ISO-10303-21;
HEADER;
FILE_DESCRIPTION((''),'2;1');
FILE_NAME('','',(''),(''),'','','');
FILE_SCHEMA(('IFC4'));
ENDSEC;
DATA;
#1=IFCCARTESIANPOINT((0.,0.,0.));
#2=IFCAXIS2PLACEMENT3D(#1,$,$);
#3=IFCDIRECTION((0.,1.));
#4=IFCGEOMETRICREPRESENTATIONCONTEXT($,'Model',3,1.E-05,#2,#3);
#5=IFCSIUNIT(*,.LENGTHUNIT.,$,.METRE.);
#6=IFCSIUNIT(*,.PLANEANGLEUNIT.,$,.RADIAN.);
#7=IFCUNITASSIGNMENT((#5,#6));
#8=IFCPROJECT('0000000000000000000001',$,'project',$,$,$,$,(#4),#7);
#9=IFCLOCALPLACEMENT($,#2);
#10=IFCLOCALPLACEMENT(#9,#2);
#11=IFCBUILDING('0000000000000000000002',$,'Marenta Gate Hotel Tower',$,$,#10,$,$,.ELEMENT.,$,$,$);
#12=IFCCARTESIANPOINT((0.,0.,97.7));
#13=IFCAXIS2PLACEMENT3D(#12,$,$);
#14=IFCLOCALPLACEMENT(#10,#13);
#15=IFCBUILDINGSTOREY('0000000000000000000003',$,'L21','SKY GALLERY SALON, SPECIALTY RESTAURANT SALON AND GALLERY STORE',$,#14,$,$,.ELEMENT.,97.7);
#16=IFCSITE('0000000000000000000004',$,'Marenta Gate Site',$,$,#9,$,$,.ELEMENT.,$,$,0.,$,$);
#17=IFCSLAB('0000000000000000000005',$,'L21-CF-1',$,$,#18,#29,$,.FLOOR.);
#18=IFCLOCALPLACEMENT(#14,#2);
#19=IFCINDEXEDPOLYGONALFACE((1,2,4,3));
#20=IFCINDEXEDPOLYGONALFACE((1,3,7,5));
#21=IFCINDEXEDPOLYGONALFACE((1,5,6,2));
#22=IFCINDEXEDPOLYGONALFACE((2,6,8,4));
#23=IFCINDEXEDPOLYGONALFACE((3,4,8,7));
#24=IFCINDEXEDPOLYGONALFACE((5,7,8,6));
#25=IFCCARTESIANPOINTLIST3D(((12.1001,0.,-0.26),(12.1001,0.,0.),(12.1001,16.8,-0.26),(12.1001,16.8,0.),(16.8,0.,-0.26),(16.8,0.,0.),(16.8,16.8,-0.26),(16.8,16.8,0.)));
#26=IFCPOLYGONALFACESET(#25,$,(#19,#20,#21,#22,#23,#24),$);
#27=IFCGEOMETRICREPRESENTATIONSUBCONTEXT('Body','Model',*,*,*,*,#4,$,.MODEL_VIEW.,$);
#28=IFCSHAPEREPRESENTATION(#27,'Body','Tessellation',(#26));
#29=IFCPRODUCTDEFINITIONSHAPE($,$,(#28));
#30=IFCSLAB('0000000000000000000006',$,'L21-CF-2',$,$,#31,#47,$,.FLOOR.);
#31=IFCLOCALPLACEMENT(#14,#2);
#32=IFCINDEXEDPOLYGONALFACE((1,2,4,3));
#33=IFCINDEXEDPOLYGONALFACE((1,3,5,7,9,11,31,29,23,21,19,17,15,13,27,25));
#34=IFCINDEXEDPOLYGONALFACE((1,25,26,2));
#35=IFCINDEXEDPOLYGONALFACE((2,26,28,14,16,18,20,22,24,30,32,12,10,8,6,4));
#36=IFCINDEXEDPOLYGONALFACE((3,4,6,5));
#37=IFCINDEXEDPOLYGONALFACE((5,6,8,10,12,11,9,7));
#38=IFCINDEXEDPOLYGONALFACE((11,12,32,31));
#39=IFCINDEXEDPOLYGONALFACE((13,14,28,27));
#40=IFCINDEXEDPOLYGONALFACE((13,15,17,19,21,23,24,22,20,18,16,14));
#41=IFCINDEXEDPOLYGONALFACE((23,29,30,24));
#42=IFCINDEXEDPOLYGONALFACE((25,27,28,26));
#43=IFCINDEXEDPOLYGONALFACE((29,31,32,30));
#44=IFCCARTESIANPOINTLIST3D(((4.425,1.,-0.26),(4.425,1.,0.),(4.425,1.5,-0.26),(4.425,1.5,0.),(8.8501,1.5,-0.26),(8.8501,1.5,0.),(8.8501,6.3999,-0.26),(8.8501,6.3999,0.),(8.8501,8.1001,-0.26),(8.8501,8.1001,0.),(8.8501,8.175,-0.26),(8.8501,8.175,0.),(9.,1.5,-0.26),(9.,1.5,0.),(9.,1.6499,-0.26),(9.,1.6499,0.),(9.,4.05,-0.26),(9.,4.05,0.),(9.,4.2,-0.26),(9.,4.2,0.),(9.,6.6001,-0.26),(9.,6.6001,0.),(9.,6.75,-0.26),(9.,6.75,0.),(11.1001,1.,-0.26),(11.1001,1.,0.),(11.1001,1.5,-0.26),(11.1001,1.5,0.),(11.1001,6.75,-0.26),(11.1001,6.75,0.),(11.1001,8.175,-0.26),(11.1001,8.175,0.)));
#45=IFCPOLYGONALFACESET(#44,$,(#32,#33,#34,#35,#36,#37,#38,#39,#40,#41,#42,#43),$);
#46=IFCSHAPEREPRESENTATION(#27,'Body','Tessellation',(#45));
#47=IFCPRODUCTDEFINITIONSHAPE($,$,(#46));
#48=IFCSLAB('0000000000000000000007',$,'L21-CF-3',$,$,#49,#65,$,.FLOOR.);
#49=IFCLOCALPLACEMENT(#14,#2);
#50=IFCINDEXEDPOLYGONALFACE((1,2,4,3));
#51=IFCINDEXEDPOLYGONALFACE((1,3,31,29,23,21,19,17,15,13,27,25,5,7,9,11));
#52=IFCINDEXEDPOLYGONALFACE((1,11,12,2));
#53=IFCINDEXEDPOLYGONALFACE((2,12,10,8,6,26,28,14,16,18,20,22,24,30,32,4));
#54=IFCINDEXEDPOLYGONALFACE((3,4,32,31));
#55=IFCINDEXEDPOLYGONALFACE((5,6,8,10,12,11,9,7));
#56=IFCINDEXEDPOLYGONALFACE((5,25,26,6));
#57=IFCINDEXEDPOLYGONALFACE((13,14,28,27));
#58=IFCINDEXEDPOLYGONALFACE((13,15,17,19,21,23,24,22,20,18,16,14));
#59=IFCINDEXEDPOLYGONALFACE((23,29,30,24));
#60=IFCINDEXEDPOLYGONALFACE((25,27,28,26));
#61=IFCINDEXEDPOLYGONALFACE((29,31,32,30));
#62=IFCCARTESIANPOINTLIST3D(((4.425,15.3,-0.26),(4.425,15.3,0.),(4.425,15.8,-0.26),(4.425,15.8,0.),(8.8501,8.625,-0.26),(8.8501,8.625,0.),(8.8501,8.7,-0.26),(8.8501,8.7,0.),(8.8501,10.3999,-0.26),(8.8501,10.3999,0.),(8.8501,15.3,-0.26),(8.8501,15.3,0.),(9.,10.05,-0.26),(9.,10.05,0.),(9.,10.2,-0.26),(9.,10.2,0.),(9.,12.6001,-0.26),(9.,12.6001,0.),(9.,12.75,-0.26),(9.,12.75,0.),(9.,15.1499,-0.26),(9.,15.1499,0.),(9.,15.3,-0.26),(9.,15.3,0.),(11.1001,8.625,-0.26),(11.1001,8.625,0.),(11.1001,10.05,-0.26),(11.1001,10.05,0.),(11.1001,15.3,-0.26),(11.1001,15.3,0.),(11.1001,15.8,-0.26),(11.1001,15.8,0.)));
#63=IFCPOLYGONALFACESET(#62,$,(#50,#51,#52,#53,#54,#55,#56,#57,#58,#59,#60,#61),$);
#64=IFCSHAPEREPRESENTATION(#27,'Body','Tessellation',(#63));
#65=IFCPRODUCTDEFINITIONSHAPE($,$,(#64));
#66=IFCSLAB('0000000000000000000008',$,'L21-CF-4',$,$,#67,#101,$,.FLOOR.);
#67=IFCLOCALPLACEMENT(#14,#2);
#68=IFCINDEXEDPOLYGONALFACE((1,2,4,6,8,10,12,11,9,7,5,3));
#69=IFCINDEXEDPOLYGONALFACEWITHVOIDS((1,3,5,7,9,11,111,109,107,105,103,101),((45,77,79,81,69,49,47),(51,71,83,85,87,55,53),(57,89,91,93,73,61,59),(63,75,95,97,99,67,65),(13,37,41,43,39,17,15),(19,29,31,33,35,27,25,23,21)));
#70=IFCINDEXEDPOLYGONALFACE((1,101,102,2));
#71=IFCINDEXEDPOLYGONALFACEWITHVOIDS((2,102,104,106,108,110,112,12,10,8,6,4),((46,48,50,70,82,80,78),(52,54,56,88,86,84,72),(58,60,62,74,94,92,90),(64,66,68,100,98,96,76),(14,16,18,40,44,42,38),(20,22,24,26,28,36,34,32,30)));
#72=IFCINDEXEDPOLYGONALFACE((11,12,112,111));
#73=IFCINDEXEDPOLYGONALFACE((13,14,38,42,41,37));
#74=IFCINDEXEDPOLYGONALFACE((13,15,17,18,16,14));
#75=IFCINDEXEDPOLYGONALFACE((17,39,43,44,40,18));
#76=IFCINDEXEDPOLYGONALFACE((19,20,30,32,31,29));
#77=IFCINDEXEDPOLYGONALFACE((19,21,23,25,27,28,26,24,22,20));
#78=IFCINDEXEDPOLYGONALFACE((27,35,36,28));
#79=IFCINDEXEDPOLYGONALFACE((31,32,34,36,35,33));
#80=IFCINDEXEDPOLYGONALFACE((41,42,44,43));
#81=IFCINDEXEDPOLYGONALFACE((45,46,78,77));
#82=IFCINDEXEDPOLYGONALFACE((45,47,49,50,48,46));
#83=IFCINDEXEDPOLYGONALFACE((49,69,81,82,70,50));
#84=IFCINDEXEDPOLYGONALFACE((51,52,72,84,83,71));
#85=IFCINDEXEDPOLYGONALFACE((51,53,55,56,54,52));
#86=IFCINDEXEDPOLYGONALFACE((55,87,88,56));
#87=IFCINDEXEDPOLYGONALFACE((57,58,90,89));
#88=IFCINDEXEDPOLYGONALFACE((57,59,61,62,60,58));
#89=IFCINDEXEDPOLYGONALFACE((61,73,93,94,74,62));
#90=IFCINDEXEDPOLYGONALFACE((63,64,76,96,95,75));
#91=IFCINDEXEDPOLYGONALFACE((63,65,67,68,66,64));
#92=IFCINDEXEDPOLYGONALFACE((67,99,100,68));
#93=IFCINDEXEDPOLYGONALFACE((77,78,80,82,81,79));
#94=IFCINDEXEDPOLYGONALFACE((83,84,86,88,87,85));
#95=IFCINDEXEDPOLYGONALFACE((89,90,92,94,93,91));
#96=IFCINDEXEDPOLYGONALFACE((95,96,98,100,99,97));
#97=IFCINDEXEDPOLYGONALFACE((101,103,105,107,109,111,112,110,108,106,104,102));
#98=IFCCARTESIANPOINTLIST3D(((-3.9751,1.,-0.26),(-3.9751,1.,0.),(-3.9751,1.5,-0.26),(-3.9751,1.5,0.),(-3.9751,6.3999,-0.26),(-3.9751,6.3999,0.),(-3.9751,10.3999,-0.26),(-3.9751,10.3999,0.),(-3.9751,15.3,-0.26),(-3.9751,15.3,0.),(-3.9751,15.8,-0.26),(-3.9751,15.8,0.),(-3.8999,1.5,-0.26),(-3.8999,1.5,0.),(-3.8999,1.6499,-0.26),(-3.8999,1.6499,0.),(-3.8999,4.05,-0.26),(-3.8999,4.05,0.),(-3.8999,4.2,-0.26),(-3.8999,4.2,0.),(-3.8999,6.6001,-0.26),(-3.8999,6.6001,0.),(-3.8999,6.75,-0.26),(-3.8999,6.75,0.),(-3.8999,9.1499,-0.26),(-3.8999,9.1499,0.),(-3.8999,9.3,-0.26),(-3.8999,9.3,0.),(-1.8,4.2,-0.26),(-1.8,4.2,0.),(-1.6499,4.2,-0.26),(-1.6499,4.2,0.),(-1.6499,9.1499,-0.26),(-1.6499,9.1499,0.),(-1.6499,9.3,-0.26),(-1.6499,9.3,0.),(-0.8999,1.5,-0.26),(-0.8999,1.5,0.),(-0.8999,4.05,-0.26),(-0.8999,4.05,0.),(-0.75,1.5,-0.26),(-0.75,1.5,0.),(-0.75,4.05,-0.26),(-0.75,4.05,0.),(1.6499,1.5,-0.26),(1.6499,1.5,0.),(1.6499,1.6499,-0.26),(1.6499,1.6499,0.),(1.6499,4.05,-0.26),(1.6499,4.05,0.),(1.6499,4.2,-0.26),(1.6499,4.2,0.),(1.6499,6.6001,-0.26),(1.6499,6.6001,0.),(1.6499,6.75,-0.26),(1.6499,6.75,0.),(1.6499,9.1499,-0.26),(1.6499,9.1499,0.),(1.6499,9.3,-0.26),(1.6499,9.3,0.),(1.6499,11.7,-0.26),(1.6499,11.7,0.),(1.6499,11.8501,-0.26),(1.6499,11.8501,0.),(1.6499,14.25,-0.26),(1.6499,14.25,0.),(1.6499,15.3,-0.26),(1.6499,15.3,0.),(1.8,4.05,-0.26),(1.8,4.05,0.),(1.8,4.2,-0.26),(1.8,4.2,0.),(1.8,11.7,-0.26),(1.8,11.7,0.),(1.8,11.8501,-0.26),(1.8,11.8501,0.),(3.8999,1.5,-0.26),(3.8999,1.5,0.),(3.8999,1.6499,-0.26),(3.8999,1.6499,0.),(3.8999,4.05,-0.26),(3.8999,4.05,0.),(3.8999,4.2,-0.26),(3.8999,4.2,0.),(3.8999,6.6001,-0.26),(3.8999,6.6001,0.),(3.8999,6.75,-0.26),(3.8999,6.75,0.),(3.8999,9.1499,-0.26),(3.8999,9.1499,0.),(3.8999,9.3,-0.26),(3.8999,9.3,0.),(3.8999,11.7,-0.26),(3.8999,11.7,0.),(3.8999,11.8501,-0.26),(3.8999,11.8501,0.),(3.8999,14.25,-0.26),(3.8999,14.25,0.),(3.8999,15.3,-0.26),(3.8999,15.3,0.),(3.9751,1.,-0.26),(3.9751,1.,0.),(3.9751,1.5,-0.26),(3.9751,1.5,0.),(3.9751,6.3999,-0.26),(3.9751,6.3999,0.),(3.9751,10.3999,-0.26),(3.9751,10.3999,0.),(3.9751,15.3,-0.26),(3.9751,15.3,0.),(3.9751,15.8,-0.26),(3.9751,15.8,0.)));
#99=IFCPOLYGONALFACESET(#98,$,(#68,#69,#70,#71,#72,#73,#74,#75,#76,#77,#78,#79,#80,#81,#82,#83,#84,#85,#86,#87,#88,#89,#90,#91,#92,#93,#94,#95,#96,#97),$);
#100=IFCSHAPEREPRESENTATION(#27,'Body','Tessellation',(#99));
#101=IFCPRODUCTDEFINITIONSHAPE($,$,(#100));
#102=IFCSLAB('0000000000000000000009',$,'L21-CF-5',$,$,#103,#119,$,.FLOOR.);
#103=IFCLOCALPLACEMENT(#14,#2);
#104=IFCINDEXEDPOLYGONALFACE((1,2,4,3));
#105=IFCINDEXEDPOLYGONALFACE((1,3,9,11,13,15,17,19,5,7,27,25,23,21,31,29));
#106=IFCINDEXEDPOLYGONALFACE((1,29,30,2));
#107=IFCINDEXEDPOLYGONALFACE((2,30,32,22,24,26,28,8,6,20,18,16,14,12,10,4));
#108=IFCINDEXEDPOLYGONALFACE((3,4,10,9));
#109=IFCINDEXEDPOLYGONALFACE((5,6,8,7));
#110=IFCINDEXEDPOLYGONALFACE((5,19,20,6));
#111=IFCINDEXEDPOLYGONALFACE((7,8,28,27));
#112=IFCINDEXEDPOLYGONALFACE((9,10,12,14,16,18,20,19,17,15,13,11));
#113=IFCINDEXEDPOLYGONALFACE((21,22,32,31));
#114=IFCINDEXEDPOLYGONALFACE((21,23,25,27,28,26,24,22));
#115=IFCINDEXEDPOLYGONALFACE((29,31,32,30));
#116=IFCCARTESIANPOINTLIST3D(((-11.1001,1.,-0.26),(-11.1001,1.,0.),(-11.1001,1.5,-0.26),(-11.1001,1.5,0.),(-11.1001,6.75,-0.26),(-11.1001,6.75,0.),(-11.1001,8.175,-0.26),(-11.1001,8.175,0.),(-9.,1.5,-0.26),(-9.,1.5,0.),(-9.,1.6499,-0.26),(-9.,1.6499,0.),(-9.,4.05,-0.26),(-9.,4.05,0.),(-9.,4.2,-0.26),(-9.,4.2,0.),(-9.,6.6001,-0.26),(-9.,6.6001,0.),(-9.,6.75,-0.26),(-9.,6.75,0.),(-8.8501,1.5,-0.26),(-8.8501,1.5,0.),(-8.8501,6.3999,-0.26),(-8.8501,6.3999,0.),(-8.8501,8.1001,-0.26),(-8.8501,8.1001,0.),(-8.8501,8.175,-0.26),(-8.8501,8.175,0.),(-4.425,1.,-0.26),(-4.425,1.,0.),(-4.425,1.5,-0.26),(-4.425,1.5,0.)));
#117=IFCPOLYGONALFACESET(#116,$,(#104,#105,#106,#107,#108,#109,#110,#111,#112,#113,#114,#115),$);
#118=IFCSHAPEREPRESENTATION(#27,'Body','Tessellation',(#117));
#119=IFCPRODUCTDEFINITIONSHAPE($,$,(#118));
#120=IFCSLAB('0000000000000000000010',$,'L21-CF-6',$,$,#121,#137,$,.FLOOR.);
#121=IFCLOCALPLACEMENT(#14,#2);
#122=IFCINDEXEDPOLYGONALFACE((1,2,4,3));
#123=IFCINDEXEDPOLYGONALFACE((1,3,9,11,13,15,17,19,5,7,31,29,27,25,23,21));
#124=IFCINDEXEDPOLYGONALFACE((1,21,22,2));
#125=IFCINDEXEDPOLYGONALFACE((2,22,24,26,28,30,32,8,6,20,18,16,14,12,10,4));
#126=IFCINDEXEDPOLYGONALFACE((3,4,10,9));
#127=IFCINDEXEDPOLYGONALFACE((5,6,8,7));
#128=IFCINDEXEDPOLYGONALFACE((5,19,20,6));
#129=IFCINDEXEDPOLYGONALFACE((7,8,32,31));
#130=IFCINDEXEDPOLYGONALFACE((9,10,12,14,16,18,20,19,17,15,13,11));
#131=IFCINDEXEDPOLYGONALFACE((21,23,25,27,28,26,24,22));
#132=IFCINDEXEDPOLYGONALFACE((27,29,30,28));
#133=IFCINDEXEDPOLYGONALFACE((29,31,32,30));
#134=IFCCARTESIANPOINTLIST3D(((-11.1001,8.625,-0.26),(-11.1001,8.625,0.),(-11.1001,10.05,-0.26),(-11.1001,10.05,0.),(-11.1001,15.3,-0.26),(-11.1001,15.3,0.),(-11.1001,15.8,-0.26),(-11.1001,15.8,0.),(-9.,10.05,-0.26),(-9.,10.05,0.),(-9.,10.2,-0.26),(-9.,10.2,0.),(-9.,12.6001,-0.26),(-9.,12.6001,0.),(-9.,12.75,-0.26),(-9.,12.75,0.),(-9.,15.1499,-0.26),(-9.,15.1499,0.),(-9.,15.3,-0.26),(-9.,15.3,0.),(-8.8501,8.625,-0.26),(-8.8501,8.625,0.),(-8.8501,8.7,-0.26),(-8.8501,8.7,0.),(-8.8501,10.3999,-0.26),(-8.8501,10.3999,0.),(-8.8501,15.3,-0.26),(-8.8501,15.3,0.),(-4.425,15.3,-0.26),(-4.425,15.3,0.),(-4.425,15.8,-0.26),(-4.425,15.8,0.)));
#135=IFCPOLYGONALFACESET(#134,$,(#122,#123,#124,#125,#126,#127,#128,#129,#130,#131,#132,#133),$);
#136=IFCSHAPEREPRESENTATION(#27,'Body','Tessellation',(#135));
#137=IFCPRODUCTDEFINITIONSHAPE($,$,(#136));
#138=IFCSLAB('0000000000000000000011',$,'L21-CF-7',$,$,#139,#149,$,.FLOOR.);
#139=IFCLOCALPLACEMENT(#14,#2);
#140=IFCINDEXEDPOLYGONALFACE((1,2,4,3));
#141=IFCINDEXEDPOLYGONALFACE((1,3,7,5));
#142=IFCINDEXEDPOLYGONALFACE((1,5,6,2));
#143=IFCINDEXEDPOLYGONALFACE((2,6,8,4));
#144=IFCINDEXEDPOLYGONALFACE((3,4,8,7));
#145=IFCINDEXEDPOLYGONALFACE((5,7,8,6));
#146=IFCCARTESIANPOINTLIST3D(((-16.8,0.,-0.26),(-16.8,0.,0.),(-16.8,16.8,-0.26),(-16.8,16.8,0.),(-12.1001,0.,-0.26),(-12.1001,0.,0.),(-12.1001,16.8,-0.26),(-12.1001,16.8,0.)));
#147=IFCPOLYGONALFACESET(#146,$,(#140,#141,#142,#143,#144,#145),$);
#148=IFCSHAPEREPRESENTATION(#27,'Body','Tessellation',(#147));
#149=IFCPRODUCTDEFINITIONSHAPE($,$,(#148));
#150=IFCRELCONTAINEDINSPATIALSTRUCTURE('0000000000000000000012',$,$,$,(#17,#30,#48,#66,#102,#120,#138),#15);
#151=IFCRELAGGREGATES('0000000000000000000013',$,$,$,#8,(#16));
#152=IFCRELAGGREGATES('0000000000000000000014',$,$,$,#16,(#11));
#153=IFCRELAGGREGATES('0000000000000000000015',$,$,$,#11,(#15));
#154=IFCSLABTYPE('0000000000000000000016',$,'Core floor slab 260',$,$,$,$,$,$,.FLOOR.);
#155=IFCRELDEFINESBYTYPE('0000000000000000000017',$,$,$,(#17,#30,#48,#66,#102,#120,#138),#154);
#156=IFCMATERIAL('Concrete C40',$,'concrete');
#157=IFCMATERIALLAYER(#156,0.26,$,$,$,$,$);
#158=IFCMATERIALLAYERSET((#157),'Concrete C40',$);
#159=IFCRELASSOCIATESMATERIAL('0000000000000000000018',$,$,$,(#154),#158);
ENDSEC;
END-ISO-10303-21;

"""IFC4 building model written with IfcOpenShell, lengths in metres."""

from ifc_helpers import new_model, si_unit, direction, frame, origin, place, context, subcontext, project, spatial, polyline, outline, extrude, material, layer, layer_set, type_object, element, save


model = new_model("IFC4")

# Units and contexts
model_context = context("Model", 3, precision=1e-05, world=origin(), true_north=direction((0.0, 1.0)))
body_context = subcontext(model_context, "Body", "Model", "MODEL_VIEW")
ifc_project = project(units=[si_unit("LENGTHUNIT", "METRE"), si_unit("PLANEANGLEUNIT", "RADIAN")], contexts=[model_context])

# Site, building, storey
site_placement = place(None, origin())
site = spatial("IfcSite", under=ifc_project, at=site_placement, Name="Marenta Gate Site", CompositionType="ELEMENT", RefElevation=0.0)
building_placement = place(site_placement, origin())
building = spatial("IfcBuilding", under=site, at=building_placement, Name="Marenta Gate Hotel Tower", CompositionType="ELEMENT")
storey_placement = place(building_placement, frame((0.0, 0.0, 97.7)))
storey = spatial("IfcBuildingStorey", under=building, at=storey_placement, Name="L21", Description="SKY GALLERY SALON, SPECIALTY RESTAURANT SALON AND GALLERY STORE", CompositionType="ELEMENT", Elevation=97.7)

# Slabs
ifc_material_1 = material(Name="Concrete C40", Category="concrete")
ifc_layer_1 = layer(ifc_material_1, 0.26)
ifc_layer_set_1 = layer_set([ifc_layer_1], Name="Concrete C40")
slab_type_1 = type_object("IfcSlabType", Name="Core floor slab 260", PredefinedType="FLOOR", material=ifc_layer_set_1)
slab_1_placement = place(storey_placement, frame((0.0, 0.0, -0.26)))
element("IfcSlab", 1, at=slab_1_placement, inside=storey, type_object=slab_type_1, Name="L21-CF-1", PredefinedType="FLOOR", context=body_context, shape_type="SweptSolid", body=[
    extrude(outline(polyline([(12.1001, 0.0), (12.1001, 16.8), (16.8, 16.8), (16.8, 0.0), (12.1001, 0.0)])), origin(), (0.0, 0.0, 1.0), 0.26),
])
slab_2_placement = place(storey_placement, frame((0.0, 0.0, -0.26)))
element("IfcSlab", 2, at=slab_2_placement, inside=storey, type_object=slab_type_1, Name="L21-CF-2", PredefinedType="FLOOR", context=body_context, shape_type="SweptSolid", body=[
    extrude(outline(polyline([(8.8501, 1.5), (8.8501, 6.3999), (8.8501, 8.1001), (8.8501, 8.175), (11.1001, 8.175), (11.1001, 6.75), (9.0, 6.75), (9.0, 6.6001), (9.0, 4.2), (9.0, 4.05), (9.0, 1.6499), (9.0, 1.5), (11.1001, 1.5), (11.1001, 1.0), (4.425, 1.0), (4.425, 1.5), (8.8501, 1.5)])), origin(), (0.0, 0.0, 1.0), 0.26),
])
slab_3_placement = place(storey_placement, frame((0.0, 0.0, -0.26)))
element("IfcSlab", 3, at=slab_3_placement, inside=storey, type_object=slab_type_1, Name="L21-CF-3", PredefinedType="FLOOR", context=body_context, shape_type="SweptSolid", body=[
    extrude(outline(polyline([(8.8501, 15.3), (4.425, 15.3), (4.425, 15.8), (11.1001, 15.8), (11.1001, 15.3), (9.0, 15.3), (9.0, 15.1499), (9.0, 12.75), (9.0, 12.6001), (9.0, 10.2), (9.0, 10.05), (11.1001, 10.05), (11.1001, 8.625), (8.8501, 8.625), (8.8501, 8.7), (8.8501, 10.3999), (8.8501, 15.3)])), origin(), (0.0, 0.0, 1.0), 0.26),
])
slab_4_placement = place(storey_placement, frame((0.0, 0.0, -0.26)))
element("IfcSlab", 4, at=slab_4_placement, inside=storey, type_object=slab_type_1, Name="L21-CF-4", PredefinedType="FLOOR", context=body_context, shape_type="SweptSolid", body=[
    extrude(outline(polyline([(3.9751, 15.3), (3.9751, 10.3999), (3.9751, 6.3999), (3.9751, 1.5), (3.9751, 1.0), (-3.9751, 1.0), (-3.9751, 1.5), (-3.9751, 6.3999), (-3.9751, 10.3999), (-3.9751, 15.3), (-3.9751, 15.8), (3.9751, 15.8), (3.9751, 15.3)]), holes=[polyline([(1.6499, 6.75), (1.6499, 6.6001), (1.6499, 4.2), (1.8, 4.2), (3.8999, 4.2), (3.8999, 6.6001), (3.8999, 6.75), (1.6499, 6.75)]), polyline([(1.6499, 9.3), (1.6499, 9.1499), (3.8999, 9.1499), (3.8999, 9.3), (3.8999, 11.7), (1.8, 11.7), (1.6499, 11.7), (1.6499, 9.3)]), polyline([(1.6499, 15.3), (1.6499, 14.25), (1.6499, 11.8501), (1.8, 11.8501), (3.8999, 11.8501), (3.8999, 14.25), (3.8999, 15.3), (1.6499, 15.3)]), polyline([(3.8999, 4.05), (1.8, 4.05), (1.6499, 4.05), (1.6499, 1.6499), (1.6499, 1.5), (3.8999, 1.5), (3.8999, 1.6499), (3.8999, 4.05)]), polyline([(-3.8999, 1.5), (-0.8999, 1.5), (-0.75, 1.5), (-0.75, 4.05), (-0.8999, 4.05), (-3.8999, 4.05), (-3.8999, 1.6499), (-3.8999, 1.5)]), polyline([(-3.8999, 6.6001), (-3.8999, 4.2), (-1.8, 4.2), (-1.6499, 4.2), (-1.6499, 9.1499), (-1.6499, 9.3), (-3.8999, 9.3), (-3.8999, 9.1499), (-3.8999, 6.75), (-3.8999, 6.6001)])]), origin(), (0.0, 0.0, 1.0), 0.26),
])
slab_5_placement = place(storey_placement, frame((0.0, 0.0, -0.26)))
element("IfcSlab", 5, at=slab_5_placement, inside=storey, type_object=slab_type_1, Name="L21-CF-5", PredefinedType="FLOOR", context=body_context, shape_type="SweptSolid", body=[
    extrude(outline(polyline([(-9.0, 1.5), (-9.0, 1.6499), (-9.0, 4.05), (-9.0, 4.2), (-9.0, 6.6001), (-9.0, 6.75), (-11.1001, 6.75), (-11.1001, 8.175), (-8.8501, 8.175), (-8.8501, 8.1001), (-8.8501, 6.3999), (-8.8501, 1.5), (-4.425, 1.5), (-4.425, 1.0), (-11.1001, 1.0), (-11.1001, 1.5), (-9.0, 1.5)])), origin(), (0.0, 0.0, 1.0), 0.26),
])
slab_6_placement = place(storey_placement, frame((0.0, 0.0, -0.26)))
element("IfcSlab", 6, at=slab_6_placement, inside=storey, type_object=slab_type_1, Name="L21-CF-6", PredefinedType="FLOOR", context=body_context, shape_type="SweptSolid", body=[
    extrude(outline(polyline([(-4.425, 15.3), (-8.8501, 15.3), (-8.8501, 10.3999), (-8.8501, 8.7), (-8.8501, 8.625), (-11.1001, 8.625), (-11.1001, 10.05), (-9.0, 10.05), (-9.0, 10.2), (-9.0, 12.6001), (-9.0, 12.75), (-9.0, 15.1499), (-9.0, 15.3), (-11.1001, 15.3), (-11.1001, 15.8), (-4.425, 15.8), (-4.425, 15.3)])), origin(), (0.0, 0.0, 1.0), 0.26),
])
slab_7_placement = place(storey_placement, frame((0.0, 0.0, -0.26)))
element("IfcSlab", 7, at=slab_7_placement, inside=storey, type_object=slab_type_1, Name="L21-CF-7", PredefinedType="FLOOR", context=body_context, shape_type="SweptSolid", body=[
    extrude(outline(polyline([(-12.1001, 16.8), (-12.1001, 0.0), (-16.8, 0.0), (-16.8, 16.8), (-12.1001, 16.8)])), origin(), (0.0, 0.0, 1.0), 0.26),
])

save(model, "model.ifc")
